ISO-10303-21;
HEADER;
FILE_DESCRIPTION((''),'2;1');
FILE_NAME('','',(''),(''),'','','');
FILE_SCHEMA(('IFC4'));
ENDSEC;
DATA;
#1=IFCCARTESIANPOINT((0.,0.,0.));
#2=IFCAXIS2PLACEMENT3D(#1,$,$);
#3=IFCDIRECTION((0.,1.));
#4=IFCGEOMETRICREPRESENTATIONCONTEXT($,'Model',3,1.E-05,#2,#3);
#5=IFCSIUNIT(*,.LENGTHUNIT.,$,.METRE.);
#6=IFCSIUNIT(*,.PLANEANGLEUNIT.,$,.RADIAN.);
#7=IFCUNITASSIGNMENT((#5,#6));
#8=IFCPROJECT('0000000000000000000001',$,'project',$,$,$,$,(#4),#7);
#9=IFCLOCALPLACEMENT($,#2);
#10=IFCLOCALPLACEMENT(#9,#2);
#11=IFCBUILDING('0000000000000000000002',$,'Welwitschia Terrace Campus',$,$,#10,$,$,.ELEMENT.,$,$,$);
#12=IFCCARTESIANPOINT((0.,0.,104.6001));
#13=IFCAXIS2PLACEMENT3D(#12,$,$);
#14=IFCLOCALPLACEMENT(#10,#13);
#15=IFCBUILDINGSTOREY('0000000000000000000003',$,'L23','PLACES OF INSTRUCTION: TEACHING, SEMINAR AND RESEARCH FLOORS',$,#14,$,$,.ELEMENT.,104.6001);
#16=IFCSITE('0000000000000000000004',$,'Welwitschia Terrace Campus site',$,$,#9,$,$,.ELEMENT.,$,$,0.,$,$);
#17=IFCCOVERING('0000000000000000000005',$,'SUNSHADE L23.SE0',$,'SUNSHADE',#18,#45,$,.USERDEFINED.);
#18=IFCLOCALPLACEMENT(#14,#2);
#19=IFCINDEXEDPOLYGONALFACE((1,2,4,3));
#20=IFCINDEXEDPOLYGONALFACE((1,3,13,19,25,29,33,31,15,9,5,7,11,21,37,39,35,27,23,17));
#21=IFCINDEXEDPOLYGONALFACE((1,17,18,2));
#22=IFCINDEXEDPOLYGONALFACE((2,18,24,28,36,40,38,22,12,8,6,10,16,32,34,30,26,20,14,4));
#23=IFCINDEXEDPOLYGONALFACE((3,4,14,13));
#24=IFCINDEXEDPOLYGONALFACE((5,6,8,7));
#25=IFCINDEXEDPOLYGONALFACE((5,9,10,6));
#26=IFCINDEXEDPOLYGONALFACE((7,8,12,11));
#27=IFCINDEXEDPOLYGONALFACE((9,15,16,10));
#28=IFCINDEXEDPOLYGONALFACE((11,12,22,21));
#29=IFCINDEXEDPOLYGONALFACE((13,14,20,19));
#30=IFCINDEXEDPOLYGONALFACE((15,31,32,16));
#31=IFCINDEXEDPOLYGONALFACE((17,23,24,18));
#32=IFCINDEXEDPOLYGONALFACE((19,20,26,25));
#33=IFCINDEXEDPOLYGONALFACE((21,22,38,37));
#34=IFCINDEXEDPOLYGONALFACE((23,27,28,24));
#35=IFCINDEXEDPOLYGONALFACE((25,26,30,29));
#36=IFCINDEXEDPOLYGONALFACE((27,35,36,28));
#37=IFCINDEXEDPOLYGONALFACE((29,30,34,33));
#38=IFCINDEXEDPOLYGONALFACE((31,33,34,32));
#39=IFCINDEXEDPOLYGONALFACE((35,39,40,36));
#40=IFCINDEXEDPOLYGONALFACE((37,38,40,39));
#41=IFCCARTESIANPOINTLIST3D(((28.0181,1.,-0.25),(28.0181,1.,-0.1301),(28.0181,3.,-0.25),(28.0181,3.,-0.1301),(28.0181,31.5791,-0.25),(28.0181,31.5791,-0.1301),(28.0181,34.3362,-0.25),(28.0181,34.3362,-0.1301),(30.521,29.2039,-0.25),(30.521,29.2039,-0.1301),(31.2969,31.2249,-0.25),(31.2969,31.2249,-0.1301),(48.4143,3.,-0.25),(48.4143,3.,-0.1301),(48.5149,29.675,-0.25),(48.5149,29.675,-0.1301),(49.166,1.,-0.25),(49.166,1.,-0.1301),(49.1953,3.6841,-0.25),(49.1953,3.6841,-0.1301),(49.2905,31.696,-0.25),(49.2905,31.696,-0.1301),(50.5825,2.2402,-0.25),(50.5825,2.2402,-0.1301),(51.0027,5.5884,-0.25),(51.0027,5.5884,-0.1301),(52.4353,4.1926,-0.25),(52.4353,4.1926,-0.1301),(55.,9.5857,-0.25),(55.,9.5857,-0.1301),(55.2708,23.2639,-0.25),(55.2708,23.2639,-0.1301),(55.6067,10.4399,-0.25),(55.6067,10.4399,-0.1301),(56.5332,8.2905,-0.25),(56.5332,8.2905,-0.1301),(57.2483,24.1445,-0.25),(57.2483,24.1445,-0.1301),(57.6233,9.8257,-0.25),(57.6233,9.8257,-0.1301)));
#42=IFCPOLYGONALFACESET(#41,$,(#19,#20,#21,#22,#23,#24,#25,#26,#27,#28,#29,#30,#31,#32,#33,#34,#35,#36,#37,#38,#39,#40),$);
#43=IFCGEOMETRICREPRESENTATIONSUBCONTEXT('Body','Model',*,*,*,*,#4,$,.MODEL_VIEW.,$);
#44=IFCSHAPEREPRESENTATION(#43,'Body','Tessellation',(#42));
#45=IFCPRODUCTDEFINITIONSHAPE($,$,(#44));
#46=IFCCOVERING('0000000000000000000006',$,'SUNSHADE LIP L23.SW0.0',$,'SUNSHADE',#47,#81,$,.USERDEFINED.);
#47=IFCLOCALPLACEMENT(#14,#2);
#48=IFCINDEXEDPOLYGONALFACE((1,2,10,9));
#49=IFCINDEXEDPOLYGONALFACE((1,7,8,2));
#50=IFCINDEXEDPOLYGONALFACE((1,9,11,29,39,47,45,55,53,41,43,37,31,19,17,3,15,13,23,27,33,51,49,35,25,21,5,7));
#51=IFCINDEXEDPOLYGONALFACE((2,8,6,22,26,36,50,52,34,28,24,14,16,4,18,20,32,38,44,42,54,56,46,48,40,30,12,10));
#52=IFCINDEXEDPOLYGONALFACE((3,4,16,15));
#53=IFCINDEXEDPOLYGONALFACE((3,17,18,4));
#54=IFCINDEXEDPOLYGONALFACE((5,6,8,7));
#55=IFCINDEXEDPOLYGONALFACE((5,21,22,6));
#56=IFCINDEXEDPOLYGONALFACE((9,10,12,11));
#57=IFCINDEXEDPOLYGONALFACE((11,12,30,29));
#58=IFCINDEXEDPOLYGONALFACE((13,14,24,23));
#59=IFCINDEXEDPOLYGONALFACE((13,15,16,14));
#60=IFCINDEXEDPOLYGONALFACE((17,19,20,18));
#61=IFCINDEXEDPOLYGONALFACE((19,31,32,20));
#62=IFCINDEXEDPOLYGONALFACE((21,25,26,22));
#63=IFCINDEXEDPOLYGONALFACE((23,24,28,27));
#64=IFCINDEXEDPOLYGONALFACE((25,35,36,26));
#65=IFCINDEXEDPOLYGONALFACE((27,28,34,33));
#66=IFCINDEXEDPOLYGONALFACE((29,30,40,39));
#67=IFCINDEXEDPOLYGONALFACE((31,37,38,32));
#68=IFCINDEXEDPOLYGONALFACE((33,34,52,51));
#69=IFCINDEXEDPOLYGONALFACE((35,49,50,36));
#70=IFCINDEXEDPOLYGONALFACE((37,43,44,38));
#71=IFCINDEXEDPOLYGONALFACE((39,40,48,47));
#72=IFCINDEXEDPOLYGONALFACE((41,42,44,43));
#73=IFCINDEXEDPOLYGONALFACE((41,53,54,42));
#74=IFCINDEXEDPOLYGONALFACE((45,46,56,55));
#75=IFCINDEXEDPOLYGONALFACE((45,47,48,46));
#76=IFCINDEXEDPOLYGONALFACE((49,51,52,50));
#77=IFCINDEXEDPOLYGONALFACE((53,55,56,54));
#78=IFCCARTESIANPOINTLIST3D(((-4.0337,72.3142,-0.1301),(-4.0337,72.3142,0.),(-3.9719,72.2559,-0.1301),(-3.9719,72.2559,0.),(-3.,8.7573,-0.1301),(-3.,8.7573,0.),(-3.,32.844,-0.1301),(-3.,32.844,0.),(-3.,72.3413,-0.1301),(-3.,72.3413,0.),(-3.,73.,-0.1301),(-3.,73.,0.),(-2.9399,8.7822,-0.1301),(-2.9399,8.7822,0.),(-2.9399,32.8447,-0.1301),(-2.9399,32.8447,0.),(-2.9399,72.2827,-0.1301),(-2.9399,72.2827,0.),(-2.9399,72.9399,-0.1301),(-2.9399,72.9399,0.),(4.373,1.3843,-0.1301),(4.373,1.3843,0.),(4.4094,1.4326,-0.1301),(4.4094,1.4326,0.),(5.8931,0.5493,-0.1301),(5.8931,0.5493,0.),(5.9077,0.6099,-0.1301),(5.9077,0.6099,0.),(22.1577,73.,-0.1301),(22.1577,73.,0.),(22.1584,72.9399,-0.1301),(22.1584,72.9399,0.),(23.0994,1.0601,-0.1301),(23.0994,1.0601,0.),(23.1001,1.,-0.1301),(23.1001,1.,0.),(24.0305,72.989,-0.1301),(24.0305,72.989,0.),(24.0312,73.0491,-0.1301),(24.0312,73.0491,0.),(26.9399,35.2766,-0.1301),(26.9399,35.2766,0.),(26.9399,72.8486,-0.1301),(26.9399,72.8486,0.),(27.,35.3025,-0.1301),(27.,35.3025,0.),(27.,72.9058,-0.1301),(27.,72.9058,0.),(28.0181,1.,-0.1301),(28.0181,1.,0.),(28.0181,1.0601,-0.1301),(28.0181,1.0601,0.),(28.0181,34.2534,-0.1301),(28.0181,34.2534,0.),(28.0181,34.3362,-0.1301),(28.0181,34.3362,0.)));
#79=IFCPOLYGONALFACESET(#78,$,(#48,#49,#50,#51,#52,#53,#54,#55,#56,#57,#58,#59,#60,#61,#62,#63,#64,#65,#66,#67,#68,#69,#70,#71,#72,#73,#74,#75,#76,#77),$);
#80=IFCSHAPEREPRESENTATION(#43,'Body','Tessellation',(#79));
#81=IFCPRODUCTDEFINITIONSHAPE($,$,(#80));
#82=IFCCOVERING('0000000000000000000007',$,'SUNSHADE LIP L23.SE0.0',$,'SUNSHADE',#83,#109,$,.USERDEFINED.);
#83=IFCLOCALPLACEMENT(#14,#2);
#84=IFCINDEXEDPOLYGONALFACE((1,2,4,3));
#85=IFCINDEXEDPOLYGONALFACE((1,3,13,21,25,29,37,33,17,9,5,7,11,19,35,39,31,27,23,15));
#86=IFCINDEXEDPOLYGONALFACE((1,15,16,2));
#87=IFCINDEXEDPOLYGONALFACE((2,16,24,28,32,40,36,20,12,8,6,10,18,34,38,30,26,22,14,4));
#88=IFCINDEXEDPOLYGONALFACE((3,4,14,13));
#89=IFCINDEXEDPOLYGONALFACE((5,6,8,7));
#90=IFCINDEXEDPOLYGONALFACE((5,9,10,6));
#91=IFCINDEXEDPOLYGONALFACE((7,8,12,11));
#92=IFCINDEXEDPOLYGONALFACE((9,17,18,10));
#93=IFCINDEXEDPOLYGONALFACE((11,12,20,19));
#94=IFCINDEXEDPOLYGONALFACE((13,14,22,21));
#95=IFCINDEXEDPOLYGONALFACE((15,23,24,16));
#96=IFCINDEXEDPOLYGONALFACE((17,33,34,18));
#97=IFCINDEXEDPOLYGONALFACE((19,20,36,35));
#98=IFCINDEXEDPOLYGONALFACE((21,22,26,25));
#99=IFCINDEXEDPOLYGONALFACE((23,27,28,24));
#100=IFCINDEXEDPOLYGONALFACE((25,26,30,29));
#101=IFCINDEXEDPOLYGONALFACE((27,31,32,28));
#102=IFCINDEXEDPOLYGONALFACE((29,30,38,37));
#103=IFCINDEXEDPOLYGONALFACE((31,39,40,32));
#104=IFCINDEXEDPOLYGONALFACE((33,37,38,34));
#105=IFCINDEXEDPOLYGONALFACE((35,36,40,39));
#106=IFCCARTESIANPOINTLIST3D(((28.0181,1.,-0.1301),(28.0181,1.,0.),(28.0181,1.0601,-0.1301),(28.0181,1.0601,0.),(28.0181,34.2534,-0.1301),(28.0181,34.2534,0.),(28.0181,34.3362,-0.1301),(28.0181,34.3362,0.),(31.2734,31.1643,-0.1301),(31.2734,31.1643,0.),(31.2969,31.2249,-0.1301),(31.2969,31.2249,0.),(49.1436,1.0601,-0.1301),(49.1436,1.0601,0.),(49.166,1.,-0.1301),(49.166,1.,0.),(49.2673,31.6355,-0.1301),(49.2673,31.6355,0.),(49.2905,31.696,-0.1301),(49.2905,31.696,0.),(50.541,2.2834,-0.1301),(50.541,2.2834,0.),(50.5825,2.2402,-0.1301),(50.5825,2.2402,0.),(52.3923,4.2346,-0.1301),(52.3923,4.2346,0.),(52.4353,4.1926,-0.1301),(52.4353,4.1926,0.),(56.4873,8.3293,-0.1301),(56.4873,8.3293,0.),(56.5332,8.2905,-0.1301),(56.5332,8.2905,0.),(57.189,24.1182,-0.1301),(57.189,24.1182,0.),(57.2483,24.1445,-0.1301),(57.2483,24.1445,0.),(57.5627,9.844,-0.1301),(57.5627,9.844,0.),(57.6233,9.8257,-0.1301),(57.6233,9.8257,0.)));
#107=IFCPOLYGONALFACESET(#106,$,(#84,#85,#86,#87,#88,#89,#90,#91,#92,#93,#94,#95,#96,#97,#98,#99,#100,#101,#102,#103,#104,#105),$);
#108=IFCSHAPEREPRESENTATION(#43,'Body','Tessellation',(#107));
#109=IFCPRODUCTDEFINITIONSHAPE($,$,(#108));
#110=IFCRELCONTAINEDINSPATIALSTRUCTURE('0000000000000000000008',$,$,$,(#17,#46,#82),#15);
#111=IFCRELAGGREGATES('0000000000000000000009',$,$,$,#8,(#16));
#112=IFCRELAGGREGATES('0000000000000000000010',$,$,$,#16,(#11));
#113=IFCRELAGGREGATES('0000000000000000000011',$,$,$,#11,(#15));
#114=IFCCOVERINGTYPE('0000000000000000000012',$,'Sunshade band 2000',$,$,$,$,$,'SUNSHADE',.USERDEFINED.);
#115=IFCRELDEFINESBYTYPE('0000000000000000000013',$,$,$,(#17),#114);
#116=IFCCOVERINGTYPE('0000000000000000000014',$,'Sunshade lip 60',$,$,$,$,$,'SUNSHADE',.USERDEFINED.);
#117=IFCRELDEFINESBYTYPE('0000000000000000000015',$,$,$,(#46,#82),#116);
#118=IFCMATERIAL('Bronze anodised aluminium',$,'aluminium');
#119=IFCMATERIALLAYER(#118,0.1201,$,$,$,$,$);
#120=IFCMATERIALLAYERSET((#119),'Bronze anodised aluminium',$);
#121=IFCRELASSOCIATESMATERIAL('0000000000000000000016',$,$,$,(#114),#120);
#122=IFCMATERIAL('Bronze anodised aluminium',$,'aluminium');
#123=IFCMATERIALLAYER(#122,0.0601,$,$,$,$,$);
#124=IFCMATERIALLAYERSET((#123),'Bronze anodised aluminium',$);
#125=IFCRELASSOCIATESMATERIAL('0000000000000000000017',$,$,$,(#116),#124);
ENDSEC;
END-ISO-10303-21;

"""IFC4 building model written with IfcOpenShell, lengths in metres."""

from ifc_helpers import new_model, si_unit, direction, frame, origin, place, context, subcontext, project, spatial, polyline, outline, extrude, material, layer, layer_set, type_object, element, save


model = new_model("IFC4")

# Units and contexts
model_context = context("Model", 3, precision=1e-05, world=origin(), true_north=direction((0.0, 1.0)))
body_context = subcontext(model_context, "Body", "Model", "MODEL_VIEW")
ifc_project = project(units=[si_unit("LENGTHUNIT", "METRE"), si_unit("PLANEANGLEUNIT", "RADIAN")], contexts=[model_context])

# Site, building, storey
site_placement = place(None, origin())
site = spatial("IfcSite", under=ifc_project, at=site_placement, Name="Welwitschia Terrace Campus site", CompositionType="ELEMENT", RefElevation=0.0)
building_placement = place(site_placement, origin())
building = spatial("IfcBuilding", under=site, at=building_placement, Name="Welwitschia Terrace Campus", CompositionType="ELEMENT")
storey_placement = place(building_placement, frame((0.0, 0.0, 104.6001)))
storey = spatial("IfcBuildingStorey", under=building, at=storey_placement, Name="L23", Description="PLACES OF INSTRUCTION: TEACHING, SEMINAR AND RESEARCH FLOORS", CompositionType="ELEMENT", Elevation=104.6001)

# Coverings
ifc_material_1 = material(Name="Bronze anodised aluminium", Category="aluminium")
ifc_layer_1 = layer(ifc_material_1, 0.1201)
ifc_layer_set_1 = layer_set([ifc_layer_1], Name="Bronze anodised aluminium")
covering_type_1 = type_object("IfcCoveringType", Name="Sunshade band 2000", ElementType="SUNSHADE", PredefinedType="USERDEFINED", material=ifc_layer_set_1)
covering_1_placement = place(storey_placement, frame((0.0, 0.0, -0.25)))
element("IfcCovering", 1, at=covering_1_placement, inside=storey, type_object=covering_type_1, Name="SUNSHADE L23.SE0", ObjectType="SUNSHADE", PredefinedType="USERDEFINED", context=body_context, shape_type="SweptSolid", body=[
    extrude(outline(polyline([(31.2969, 31.2249), (49.2905, 31.696), (57.2483, 24.1445), (57.6233, 9.8257), (56.5332, 8.2905), (52.4353, 4.1926), (50.5825, 2.2402), (49.166, 1.0), (28.0181, 1.0), (28.0181, 3.0), (48.4143, 3.0), (49.1953, 3.6841), (51.0027, 5.5884), (55.0, 9.5857), (55.6067, 10.4399), (55.2708, 23.2639), (48.5149, 29.675), (30.521, 29.2039), (28.0181, 31.5791), (28.0181, 34.3362), (31.2969, 31.2249)])), origin(), (0.0, 0.0, 1.0), 0.1199),
])
ifc_material_2 = material(Name="Bronze anodised aluminium", Category="aluminium")
ifc_layer_2 = layer(ifc_material_2, 0.0601)
ifc_layer_set_2 = layer_set([ifc_layer_2], Name="Bronze anodised aluminium")
covering_type_2 = type_object("IfcCoveringType", Name="Sunshade lip 60", ElementType="SUNSHADE", PredefinedType="USERDEFINED", material=ifc_layer_set_2)
covering_2_placement = place(storey_placement, frame((0.0, 0.0, -0.1301)))
element("IfcCovering", 2, at=covering_2_placement, inside=storey, type_object=covering_type_2, Name="SUNSHADE LIP L23.SW0.0", ObjectType="SUNSHADE", PredefinedType="USERDEFINED", context=body_context, shape_type="SweptSolid", body=[
    extrude(outline(polyline([(22.1577, 73.0), (24.0312, 73.0491), (27.0, 72.9058), (27.0, 35.3025), (28.0181, 34.3362), (28.0181, 34.2534), (26.9399, 35.2766), (26.9399, 72.8486), (24.0305, 72.989), (22.1584, 72.9399), (-2.9399, 72.9399), (-2.9399, 72.2827), (-3.9719, 72.2559), (-2.9399, 32.8447), (-2.9399, 8.7822), (4.4094, 1.4326), (5.9077, 0.6099), (23.0994, 1.0601), (28.0181, 1.0601), (28.0181, 1.0), (23.1001, 1.0), (5.8931, 0.5493), (4.373, 1.3843), (-3.0, 8.7573), (-3.0, 32.844), (-4.0337, 72.3142), (-3.0, 72.3413), (-3.0, 73.0), (22.1577, 73.0)])), origin(), (0.0, 0.0, 1.0), 0.1301),
])
covering_3_placement = place(storey_placement, frame((0.0, 0.0, -0.1301)))
element("IfcCovering", 3, at=covering_3_placement, inside=storey, type_object=covering_type_2, Name="SUNSHADE LIP L23.SE0.0", ObjectType="SUNSHADE", PredefinedType="USERDEFINED", context=body_context, shape_type="SweptSolid", body=[
    extrude(outline(polyline([(49.2905, 31.696), (57.2483, 24.1445), (57.6233, 9.8257), (56.5332, 8.2905), (52.4353, 4.1926), (50.5825, 2.2402), (49.166, 1.0), (28.0181, 1.0), (28.0181, 1.0601), (49.1436, 1.0601), (50.541, 2.2834), (52.3923, 4.2346), (56.4873, 8.3293), (57.5627, 9.844), (57.189, 24.1182), (49.2673, 31.6355), (31.2734, 31.1643), (28.0181, 34.2534), (28.0181, 34.3362), (31.2969, 31.2249), (49.2905, 31.696)])), origin(), (0.0, 0.0, 1.0), 0.1301),
])

save(model, "model.ifc")
